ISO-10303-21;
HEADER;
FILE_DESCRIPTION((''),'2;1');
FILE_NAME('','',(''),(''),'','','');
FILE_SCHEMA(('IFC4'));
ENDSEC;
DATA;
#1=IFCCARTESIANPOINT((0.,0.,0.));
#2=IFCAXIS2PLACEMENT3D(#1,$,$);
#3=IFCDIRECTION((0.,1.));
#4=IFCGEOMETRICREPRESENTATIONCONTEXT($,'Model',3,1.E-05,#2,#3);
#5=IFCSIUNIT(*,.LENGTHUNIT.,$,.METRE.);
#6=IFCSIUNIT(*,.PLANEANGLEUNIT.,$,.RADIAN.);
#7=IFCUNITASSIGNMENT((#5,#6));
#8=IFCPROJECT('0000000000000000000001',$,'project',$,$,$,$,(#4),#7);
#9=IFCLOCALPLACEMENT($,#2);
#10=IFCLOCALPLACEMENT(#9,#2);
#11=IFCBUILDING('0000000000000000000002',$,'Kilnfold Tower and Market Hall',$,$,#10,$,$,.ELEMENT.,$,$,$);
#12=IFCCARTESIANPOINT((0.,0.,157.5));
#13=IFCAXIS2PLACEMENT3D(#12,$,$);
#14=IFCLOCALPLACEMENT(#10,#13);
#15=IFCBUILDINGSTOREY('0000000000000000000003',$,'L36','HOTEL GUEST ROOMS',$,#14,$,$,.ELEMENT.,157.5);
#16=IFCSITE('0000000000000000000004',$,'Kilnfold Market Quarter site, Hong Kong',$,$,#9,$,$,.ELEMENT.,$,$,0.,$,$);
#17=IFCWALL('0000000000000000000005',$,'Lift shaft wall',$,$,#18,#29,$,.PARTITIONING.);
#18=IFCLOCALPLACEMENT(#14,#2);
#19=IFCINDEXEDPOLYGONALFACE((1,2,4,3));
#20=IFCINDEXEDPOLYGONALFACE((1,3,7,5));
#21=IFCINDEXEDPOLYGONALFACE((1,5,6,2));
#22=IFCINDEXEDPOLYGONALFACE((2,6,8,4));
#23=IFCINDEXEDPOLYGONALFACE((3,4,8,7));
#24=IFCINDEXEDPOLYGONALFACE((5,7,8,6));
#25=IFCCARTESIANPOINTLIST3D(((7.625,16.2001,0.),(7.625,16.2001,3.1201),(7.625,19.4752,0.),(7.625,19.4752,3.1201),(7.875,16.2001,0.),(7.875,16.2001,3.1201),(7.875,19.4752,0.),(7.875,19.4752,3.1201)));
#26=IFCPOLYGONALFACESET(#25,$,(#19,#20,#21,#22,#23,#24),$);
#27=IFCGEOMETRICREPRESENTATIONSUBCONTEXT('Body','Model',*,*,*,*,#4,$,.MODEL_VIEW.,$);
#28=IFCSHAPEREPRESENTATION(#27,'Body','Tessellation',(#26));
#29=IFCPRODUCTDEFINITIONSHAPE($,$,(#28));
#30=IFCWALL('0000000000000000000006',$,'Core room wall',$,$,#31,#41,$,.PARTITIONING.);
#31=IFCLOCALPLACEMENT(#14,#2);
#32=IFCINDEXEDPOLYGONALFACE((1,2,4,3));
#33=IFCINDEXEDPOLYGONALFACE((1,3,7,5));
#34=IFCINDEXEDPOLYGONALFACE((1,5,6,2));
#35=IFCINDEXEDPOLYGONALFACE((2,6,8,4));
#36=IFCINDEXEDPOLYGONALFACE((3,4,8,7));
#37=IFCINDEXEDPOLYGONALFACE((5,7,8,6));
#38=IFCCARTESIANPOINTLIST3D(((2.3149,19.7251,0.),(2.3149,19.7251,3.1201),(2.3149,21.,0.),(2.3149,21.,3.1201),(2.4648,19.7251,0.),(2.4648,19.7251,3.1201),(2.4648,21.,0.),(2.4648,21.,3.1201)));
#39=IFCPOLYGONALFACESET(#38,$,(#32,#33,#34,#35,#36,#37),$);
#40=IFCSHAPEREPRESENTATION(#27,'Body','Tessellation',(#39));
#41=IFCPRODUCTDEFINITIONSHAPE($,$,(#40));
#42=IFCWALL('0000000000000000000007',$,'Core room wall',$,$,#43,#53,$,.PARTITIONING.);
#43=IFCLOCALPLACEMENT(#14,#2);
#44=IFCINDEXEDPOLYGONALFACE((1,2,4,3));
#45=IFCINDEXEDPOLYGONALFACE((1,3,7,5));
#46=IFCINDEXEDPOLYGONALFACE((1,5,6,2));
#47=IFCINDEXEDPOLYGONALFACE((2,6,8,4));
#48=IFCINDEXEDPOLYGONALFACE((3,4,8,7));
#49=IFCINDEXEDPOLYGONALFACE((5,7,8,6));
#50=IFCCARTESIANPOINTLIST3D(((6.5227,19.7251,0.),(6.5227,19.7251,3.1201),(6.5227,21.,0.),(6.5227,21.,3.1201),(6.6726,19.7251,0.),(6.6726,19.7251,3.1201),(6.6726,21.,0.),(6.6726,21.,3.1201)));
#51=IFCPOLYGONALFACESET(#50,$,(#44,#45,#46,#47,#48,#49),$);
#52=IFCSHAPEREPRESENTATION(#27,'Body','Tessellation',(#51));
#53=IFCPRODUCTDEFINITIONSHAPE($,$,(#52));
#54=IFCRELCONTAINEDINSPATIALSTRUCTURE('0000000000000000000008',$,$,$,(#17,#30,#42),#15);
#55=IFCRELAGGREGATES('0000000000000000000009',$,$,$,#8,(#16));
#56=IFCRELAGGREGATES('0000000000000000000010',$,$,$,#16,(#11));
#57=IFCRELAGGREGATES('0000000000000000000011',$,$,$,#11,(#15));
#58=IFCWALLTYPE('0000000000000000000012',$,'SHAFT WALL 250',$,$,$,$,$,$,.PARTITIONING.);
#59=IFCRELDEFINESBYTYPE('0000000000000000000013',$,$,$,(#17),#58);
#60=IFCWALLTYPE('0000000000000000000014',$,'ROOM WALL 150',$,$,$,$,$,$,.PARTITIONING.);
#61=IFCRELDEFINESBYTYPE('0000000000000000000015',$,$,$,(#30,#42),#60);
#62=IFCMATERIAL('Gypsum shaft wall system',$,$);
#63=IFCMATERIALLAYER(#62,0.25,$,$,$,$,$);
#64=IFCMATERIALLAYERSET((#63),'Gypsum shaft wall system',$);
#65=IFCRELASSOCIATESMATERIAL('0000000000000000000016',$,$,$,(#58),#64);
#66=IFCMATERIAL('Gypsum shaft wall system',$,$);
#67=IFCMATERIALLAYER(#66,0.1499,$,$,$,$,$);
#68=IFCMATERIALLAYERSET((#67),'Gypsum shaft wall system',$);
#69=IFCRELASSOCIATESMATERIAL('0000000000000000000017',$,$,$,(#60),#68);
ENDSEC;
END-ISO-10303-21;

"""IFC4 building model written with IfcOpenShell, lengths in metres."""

from ifc_helpers import new_model, si_unit, direction, frame, frame_2d, origin, place, context, subcontext, project, spatial, rectangle, extrude, source, transform, mapped, material, layer, layer_set, type_object, element, save


model = new_model("IFC4")

# Units and contexts
model_context = context("Model", 3, precision=1e-05, world=origin(), true_north=direction((0.0, 1.0)))
body_context = subcontext(model_context, "Body", "Model", "MODEL_VIEW")
ifc_project = project(units=[si_unit("LENGTHUNIT", "METRE"), si_unit("PLANEANGLEUNIT", "RADIAN")], contexts=[model_context])

# Site, building, storey
site_placement = place(None, origin())
site = spatial("IfcSite", under=ifc_project, at=site_placement, Name="Kilnfold Market Quarter site, Hong Kong", CompositionType="ELEMENT", RefElevation=0.0)
building_placement = place(site_placement, origin())
building = spatial("IfcBuilding", under=site, at=building_placement, Name="Kilnfold Tower and Market Hall", CompositionType="ELEMENT")
storey_placement = place(building_placement, frame((0.0, 0.0, 157.5)))
storey = spatial("IfcBuildingStorey", under=building, at=storey_placement, Name="L36", Description="HOTEL GUEST ROOMS", CompositionType="ELEMENT", Elevation=157.5)

# Walls
ifc_material_1 = material(Name="Gypsum shaft wall system")
ifc_layer_1 = layer(ifc_material_1, 0.25)
ifc_layer_set_1 = layer_set([ifc_layer_1], Name="Gypsum shaft wall system")
wall_type_1 = type_object("IfcWallType", Name="SHAFT WALL 250", PredefinedType="PARTITIONING", material=ifc_layer_set_1)
shared_shape_1 = source(origin(), body_context, "Body", "SweptSolid", [
    extrude(rectangle(XDim=3.2751, YDim=0.25, at=frame_2d((1.6377, 0.0))), origin(), (0.0, 0.0, 1.0), 3.1201),
])
for number, where, z_axis, x_axis, name in (
    (1, (7.75, 16.2, 0.0), (0.0, 0.0, 1.0), (0.0, 1.0, 0.0), "Lift shaft wall"),
):
    element("IfcWall", number, at=place(storey_placement, frame(where, z_axis=z_axis, x_axis=x_axis)), inside=storey, type_object=wall_type_1, Name=name, PredefinedType="PARTITIONING", context=body_context, shape_type="MappedRepresentation", body=[
        mapped(shared_shape_1, transform((0.0, 0.0, 0.0))),
    ])
ifc_material_2 = material(Name="Gypsum shaft wall system")
ifc_layer_2 = layer(ifc_material_2, 0.1499)
ifc_layer_set_2 = layer_set([ifc_layer_2], Name="Gypsum shaft wall system")
wall_type_2 = type_object("IfcWallType", Name="ROOM WALL 150", PredefinedType="PARTITIONING", material=ifc_layer_set_2)
shared_shape_2 = source(origin(), body_context, "Body", "SweptSolid", [
    extrude(rectangle(XDim=1.2749, YDim=0.1499, at=frame_2d((0.6375, 0.0))), origin(), (0.0, 0.0, 1.0), 3.1201),
])
for number, where, z_axis, x_axis, name in (
    (2, (2.3899, 19.7251, 0.0), (0.0, 0.0, 1.0), (0.0, 1.0, 0.0), "Core room wall"),
    (3, (6.5977, 19.7251, 0.0), (0.0, 0.0, 1.0), (0.0, 1.0, 0.0), "Core room wall"),
):
    element("IfcWall", number, at=place(storey_placement, frame(where, z_axis=z_axis, x_axis=x_axis)), inside=storey, type_object=wall_type_2, Name=name, PredefinedType="PARTITIONING", context=body_context, shape_type="MappedRepresentation", body=[
        mapped(shared_shape_2, transform((0.0, 0.0, 0.0))),
    ])

save(model, "model.ifc")
